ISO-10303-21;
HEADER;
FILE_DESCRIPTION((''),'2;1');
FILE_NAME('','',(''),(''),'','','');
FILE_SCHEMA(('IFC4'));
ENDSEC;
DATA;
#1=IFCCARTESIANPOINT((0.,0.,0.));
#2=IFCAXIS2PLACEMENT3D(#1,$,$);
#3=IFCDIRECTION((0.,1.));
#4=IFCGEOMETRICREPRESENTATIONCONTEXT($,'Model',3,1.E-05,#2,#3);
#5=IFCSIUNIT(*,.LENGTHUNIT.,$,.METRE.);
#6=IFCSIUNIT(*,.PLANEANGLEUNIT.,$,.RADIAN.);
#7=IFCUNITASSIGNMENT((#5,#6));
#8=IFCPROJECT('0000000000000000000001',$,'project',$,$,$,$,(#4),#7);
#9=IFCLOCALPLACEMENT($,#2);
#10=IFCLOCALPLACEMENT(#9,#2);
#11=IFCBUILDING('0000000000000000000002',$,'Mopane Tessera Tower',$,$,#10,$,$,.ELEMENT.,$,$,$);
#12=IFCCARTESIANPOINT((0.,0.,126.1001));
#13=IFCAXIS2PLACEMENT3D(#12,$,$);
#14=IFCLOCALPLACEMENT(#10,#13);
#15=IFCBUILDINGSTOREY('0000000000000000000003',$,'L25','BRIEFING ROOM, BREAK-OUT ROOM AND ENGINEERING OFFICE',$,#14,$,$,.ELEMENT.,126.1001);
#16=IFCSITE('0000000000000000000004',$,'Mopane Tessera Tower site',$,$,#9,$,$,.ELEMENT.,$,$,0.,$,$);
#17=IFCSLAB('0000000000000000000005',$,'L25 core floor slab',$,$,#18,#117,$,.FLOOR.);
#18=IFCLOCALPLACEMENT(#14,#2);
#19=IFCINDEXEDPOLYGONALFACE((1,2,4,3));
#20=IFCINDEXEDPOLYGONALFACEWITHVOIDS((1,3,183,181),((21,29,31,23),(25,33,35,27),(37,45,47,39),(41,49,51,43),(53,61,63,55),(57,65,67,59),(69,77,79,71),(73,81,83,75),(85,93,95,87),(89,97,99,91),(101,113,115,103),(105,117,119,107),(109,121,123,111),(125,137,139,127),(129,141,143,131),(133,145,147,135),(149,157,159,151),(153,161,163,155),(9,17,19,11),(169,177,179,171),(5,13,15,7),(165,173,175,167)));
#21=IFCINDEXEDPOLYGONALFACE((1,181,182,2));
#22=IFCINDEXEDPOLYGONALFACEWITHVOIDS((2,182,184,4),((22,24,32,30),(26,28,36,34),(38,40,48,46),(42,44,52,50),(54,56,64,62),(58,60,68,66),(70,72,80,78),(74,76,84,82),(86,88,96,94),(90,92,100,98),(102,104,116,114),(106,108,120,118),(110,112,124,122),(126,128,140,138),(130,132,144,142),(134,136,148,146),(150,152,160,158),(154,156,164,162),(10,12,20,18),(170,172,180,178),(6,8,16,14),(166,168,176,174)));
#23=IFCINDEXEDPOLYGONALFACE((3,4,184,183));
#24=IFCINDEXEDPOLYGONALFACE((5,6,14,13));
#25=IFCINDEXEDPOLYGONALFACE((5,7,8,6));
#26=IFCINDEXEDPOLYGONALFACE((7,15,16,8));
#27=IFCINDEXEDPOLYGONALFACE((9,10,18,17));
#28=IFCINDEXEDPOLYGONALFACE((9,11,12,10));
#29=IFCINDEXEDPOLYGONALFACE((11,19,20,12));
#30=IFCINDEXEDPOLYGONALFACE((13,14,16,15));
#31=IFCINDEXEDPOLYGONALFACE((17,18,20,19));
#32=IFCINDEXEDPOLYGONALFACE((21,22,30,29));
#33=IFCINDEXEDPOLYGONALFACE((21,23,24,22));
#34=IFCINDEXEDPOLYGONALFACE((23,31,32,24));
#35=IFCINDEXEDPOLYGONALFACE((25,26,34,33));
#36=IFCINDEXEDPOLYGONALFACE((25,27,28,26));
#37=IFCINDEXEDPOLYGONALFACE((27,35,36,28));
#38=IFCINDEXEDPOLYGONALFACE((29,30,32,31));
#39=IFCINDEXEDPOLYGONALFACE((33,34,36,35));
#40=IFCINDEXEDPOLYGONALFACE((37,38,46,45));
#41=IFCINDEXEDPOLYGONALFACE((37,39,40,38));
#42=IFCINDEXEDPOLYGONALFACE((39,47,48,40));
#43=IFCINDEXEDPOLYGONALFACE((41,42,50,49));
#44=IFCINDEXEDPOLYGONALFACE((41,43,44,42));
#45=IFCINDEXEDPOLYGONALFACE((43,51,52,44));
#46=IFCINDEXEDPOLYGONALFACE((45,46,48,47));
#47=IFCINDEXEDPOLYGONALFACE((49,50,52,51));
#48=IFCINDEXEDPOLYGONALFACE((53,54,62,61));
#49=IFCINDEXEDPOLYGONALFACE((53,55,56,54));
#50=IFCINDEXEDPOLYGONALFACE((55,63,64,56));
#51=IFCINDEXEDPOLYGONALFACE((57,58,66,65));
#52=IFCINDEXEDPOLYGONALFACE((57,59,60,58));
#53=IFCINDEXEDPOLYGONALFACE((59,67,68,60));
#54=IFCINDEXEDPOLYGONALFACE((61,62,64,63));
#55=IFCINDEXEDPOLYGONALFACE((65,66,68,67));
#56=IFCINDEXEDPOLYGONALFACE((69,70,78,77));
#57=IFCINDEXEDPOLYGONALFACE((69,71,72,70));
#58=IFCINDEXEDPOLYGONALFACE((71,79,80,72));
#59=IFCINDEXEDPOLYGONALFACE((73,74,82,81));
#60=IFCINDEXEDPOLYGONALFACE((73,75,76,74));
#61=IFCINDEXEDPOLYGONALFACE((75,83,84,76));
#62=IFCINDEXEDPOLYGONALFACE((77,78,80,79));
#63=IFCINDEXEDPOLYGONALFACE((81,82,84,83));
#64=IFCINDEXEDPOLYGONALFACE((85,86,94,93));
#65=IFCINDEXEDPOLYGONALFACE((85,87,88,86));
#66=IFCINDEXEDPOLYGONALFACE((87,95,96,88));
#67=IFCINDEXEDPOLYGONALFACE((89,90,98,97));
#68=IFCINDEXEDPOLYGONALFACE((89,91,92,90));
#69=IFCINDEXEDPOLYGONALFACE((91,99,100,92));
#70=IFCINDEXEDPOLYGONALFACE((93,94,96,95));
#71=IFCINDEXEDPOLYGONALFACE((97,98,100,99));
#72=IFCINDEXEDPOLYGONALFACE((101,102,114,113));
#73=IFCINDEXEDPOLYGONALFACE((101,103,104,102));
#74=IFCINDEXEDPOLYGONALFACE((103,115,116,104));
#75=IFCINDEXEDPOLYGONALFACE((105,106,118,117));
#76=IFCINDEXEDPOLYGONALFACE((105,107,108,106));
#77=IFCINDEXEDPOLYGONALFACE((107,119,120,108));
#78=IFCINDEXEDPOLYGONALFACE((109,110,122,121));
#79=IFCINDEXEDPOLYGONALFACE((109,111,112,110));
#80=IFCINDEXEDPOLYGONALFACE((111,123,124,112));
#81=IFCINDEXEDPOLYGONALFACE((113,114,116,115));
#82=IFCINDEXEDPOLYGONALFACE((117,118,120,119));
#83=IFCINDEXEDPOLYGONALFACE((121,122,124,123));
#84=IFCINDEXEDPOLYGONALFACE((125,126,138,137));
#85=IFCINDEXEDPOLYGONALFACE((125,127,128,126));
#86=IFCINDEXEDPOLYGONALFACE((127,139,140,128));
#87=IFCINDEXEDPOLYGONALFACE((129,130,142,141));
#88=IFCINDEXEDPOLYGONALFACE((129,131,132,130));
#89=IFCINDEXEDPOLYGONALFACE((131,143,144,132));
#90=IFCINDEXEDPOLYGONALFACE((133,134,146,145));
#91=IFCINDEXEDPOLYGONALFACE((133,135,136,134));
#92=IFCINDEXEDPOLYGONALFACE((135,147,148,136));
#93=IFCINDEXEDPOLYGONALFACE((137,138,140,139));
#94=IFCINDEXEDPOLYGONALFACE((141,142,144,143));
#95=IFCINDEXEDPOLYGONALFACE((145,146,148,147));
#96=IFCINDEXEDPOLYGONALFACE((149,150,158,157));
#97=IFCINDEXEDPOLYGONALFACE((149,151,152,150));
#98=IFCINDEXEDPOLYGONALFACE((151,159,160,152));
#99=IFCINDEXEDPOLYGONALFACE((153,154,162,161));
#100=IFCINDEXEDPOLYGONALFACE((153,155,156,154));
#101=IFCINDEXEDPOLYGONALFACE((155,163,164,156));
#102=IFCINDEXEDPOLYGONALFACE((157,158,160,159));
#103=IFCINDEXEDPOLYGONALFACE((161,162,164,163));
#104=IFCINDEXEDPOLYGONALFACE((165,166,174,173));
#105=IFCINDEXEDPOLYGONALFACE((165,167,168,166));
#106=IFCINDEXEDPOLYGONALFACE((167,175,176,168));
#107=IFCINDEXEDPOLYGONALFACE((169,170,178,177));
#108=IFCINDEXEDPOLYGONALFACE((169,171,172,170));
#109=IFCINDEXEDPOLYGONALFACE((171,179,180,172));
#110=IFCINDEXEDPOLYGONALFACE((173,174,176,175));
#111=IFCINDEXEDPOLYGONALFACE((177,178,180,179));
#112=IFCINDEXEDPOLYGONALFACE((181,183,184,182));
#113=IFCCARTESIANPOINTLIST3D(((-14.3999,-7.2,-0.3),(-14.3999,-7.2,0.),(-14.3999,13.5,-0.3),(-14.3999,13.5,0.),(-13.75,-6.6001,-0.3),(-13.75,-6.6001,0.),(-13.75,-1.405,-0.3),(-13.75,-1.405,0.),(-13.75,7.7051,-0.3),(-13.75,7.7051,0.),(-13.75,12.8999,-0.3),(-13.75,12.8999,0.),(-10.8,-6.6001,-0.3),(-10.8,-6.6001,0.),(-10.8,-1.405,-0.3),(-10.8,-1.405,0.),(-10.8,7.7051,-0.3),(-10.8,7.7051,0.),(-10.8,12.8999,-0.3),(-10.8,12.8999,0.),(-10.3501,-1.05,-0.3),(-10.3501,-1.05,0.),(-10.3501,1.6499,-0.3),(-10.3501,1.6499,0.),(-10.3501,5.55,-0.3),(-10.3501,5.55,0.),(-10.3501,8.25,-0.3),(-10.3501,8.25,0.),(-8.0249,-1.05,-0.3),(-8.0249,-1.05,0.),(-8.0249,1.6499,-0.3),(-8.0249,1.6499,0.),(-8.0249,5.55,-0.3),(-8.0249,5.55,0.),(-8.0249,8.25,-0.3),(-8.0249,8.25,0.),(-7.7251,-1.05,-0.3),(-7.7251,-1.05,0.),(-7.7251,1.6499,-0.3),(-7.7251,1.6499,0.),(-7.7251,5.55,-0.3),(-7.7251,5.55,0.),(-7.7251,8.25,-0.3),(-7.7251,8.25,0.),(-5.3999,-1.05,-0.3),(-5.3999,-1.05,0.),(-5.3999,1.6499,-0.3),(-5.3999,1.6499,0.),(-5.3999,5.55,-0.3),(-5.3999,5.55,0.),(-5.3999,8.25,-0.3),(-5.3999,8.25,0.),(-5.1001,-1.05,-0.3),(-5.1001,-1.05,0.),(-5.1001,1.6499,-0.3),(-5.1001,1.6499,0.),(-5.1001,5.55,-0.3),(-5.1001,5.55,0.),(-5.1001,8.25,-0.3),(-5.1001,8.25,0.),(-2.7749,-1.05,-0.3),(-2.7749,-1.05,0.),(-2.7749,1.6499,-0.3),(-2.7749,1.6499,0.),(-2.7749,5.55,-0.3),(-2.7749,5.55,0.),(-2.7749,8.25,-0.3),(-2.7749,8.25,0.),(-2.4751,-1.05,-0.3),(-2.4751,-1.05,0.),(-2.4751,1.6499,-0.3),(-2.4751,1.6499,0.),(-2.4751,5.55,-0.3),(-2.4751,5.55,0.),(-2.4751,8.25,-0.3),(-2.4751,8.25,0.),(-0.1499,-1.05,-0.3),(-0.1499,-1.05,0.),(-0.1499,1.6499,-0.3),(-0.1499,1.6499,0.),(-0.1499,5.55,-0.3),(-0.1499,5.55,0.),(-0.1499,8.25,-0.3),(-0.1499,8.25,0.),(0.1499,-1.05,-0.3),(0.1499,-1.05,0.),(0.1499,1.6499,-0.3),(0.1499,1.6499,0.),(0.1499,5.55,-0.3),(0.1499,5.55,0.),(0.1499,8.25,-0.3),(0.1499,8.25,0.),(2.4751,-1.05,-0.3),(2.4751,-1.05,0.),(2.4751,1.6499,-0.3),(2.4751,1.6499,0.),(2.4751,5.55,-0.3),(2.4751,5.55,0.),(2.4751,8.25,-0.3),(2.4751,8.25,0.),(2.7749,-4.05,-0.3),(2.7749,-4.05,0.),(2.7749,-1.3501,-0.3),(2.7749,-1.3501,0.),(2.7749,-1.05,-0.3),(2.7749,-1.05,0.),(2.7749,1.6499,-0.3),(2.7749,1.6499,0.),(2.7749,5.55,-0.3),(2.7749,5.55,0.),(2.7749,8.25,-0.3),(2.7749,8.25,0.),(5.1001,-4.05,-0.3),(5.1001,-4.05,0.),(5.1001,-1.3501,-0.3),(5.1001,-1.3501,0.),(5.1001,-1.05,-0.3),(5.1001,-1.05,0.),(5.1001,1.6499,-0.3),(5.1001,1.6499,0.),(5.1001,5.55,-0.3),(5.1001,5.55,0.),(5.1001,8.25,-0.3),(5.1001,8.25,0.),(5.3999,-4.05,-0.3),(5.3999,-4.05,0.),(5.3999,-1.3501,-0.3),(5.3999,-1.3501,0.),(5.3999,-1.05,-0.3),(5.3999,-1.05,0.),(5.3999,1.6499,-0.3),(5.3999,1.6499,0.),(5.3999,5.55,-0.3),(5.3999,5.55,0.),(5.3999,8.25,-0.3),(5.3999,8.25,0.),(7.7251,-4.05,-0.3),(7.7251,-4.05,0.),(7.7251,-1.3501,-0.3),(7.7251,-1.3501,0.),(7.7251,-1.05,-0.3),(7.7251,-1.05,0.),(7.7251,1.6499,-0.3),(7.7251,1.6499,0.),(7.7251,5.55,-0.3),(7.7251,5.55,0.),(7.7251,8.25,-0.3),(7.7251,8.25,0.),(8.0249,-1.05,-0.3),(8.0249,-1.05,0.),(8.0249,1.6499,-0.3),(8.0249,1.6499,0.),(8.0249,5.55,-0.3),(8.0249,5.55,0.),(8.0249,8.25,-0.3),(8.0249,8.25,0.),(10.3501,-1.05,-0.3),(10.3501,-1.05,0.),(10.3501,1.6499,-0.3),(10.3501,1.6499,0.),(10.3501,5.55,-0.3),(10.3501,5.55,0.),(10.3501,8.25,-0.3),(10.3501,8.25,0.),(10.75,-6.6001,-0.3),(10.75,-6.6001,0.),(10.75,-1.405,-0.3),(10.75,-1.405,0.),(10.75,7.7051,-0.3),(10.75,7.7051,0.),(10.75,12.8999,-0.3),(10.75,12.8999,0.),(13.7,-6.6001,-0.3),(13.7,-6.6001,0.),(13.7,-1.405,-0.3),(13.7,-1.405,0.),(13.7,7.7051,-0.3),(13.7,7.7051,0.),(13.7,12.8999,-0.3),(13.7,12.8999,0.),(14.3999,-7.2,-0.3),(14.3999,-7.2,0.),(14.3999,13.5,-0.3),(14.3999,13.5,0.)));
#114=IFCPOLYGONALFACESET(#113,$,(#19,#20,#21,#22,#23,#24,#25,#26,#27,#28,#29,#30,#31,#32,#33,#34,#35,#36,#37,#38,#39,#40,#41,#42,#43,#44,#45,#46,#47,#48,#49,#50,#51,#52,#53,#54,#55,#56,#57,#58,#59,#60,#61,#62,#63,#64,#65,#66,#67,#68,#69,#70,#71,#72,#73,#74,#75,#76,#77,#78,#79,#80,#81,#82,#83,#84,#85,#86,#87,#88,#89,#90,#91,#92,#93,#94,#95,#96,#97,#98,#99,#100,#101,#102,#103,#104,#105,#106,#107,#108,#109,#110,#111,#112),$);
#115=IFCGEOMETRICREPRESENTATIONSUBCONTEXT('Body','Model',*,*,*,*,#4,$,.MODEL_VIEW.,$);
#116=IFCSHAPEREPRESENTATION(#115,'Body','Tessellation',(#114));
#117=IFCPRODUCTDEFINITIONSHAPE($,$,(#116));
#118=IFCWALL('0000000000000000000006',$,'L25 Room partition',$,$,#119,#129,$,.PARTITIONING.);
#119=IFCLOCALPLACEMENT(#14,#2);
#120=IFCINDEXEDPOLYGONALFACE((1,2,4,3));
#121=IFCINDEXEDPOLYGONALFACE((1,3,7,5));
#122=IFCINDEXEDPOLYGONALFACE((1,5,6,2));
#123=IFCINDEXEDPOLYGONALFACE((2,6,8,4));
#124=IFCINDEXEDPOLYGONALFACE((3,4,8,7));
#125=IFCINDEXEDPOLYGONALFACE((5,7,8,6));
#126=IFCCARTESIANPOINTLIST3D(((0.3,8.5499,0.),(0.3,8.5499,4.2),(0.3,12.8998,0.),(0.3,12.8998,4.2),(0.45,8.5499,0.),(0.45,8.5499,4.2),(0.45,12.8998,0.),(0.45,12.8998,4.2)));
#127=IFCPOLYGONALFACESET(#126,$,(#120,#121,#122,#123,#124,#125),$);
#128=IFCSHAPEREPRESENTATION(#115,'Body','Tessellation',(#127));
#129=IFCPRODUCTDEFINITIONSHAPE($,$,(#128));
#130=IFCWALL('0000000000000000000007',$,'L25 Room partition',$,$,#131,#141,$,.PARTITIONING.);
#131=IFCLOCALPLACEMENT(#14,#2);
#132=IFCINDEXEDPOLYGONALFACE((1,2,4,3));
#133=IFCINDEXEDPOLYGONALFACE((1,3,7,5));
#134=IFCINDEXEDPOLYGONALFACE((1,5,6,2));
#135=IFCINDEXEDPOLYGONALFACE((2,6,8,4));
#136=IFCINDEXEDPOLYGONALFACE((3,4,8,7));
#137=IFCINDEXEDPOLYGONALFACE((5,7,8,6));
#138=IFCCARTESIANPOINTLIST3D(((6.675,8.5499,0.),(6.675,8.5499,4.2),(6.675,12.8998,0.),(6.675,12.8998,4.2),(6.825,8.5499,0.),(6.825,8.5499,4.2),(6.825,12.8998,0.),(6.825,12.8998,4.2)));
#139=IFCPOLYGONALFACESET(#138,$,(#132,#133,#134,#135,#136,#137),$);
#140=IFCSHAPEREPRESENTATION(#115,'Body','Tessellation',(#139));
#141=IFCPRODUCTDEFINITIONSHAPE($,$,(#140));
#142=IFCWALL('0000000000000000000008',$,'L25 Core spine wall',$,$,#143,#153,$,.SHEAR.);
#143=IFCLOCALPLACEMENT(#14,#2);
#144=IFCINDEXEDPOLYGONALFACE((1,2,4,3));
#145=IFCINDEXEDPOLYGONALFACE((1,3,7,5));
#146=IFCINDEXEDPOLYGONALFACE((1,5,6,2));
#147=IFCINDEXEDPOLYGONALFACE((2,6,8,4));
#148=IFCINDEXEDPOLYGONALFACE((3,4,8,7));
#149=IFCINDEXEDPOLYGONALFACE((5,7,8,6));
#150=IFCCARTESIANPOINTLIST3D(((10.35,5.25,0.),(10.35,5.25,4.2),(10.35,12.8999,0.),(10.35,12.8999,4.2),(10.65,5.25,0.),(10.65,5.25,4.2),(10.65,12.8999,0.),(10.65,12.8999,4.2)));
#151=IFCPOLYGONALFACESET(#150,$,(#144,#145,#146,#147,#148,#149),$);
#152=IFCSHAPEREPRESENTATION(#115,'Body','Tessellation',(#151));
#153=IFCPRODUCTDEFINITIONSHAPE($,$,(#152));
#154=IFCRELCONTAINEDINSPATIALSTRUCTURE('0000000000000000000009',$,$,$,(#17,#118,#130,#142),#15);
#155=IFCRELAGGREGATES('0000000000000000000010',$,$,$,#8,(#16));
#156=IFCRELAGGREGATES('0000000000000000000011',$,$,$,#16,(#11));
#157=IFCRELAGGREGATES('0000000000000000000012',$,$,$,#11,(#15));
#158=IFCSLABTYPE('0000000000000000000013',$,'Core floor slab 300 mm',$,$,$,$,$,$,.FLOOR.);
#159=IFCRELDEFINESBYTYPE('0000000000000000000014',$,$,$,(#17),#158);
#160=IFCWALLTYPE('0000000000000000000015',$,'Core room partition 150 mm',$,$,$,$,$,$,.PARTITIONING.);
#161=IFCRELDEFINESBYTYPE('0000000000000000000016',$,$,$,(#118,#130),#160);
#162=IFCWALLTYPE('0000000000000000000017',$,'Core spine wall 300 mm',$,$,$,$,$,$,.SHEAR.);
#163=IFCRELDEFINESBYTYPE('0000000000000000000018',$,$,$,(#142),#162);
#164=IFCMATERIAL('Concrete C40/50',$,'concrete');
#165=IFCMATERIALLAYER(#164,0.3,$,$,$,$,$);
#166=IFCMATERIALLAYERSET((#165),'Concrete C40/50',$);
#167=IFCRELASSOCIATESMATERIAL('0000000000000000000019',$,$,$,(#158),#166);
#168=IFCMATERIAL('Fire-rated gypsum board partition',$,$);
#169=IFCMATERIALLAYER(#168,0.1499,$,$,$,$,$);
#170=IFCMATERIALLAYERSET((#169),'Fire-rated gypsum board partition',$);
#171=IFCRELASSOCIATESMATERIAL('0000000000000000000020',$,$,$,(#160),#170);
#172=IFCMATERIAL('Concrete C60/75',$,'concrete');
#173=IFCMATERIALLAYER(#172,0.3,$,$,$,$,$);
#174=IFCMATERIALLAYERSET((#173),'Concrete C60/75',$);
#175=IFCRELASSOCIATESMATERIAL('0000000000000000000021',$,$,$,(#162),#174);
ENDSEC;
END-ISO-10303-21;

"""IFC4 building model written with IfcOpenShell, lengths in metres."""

from ifc_helpers import new_model, si_unit, direction, frame, frame_2d, origin, place, context, subcontext, project, spatial, polyline, rectangle, outline, extrude, material, layer, layer_set, type_object, element, save


model = new_model("IFC4")

# Units and contexts
model_context = context("Model", 3, precision=1e-05, world=origin(), true_north=direction((0.0, 1.0)))
body_context = subcontext(model_context, "Body", "Model", "MODEL_VIEW")
ifc_project = project(units=[si_unit("LENGTHUNIT", "METRE"), si_unit("PLANEANGLEUNIT", "RADIAN")], contexts=[model_context])

# Site, building, storey
site_placement = place(None, origin())
site = spatial("IfcSite", under=ifc_project, at=site_placement, Name="Mopane Tessera Tower site", CompositionType="ELEMENT", RefElevation=0.0)
building_placement = place(site_placement, origin())
building = spatial("IfcBuilding", under=site, at=building_placement, Name="Mopane Tessera Tower", CompositionType="ELEMENT")
storey_placement = place(building_placement, frame((0.0, 0.0, 126.1001)))
storey = spatial("IfcBuildingStorey", under=building, at=storey_placement, Name="L25", Description="BRIEFING ROOM, BREAK-OUT ROOM AND ENGINEERING OFFICE", CompositionType="ELEMENT", Elevation=126.1001)

# Slab
ifc_material_1 = material(Name="Concrete C40/50", Category="concrete")
ifc_layer_1 = layer(ifc_material_1, 0.3)
ifc_layer_set_1 = layer_set([ifc_layer_1], Name="Concrete C40/50")
slab_type = type_object("IfcSlabType", Name="Core floor slab 300 mm", PredefinedType="FLOOR", material=ifc_layer_set_1)
slab_placement = place(storey_placement, frame((0.0, 0.0, -0.3)))
element("IfcSlab", 1, at=slab_placement, inside=storey, type_object=slab_type, Name="L25 core floor slab", PredefinedType="FLOOR", context=body_context, shape_type="SweptSolid", body=[
    extrude(outline(polyline([(-14.3999, -7.2), (14.3999, -7.2), (14.3999, 13.5), (-14.3999, 13.5), (-14.3999, -7.2)]), holes=[polyline([(-10.3501, -1.05), (-8.0249, -1.05), (-8.0249, 1.6499), (-10.3501, 1.6499), (-10.3501, -1.05)]), polyline([(-7.7251, -1.05), (-5.3999, -1.05), (-5.3999, 1.6499), (-7.7251, 1.6499), (-7.7251, -1.05)]), polyline([(-5.1001, -1.05), (-2.7749, -1.05), (-2.7749, 1.6499), (-5.1001, 1.6499), (-5.1001, -1.05)]), polyline([(-2.4751, -1.05), (-0.1499, -1.05), (-0.1499, 1.6499), (-2.4751, 1.6499), (-2.4751, -1.05)]), polyline([(0.1499, -1.05), (2.4751, -1.05), (2.4751, 1.6499), (0.1499, 1.6499), (0.1499, -1.05)]), polyline([(2.7749, -1.05), (5.1001, -1.05), (5.1001, 1.6499), (2.7749, 1.6499), (2.7749, -1.05)]), polyline([(5.3999, -1.05), (7.7251, -1.05), (7.7251, 1.6499), (5.3999, 1.6499), (5.3999, -1.05)]), polyline([(8.0249, -1.05), (10.3501, -1.05), (10.3501, 1.6499), (8.0249, 1.6499), (8.0249, -1.05)]), polyline([(-10.3501, 5.55), (-8.0249, 5.55), (-8.0249, 8.25), (-10.3501, 8.25), (-10.3501, 5.55)]), polyline([(-7.7251, 5.55), (-5.3999, 5.55), (-5.3999, 8.25), (-7.7251, 8.25), (-7.7251, 5.55)]), polyline([(-5.1001, 5.55), (-2.7749, 5.55), (-2.7749, 8.25), (-5.1001, 8.25), (-5.1001, 5.55)]), polyline([(-2.4751, 5.55), (-0.1499, 5.55), (-0.1499, 8.25), (-2.4751, 8.25), (-2.4751, 5.55)]), polyline([(0.1499, 5.55), (2.4751, 5.55), (2.4751, 8.25), (0.1499, 8.25), (0.1499, 5.55)]), polyline([(2.7749, 5.55), (5.1001, 5.55), (5.1001, 8.25), (2.7749, 8.25), (2.7749, 5.55)]), polyline([(5.3999, 5.55), (7.7251, 5.55), (7.7251, 8.25), (5.3999, 8.25), (5.3999, 5.55)]), polyline([(8.0249, 5.55), (10.3501, 5.55), (10.3501, 8.25), (8.0249, 8.25), (8.0249, 5.55)]), polyline([(2.7749, -4.05), (5.1001, -4.05), (5.1001, -1.3501), (2.7749, -1.3501), (2.7749, -4.05)]), polyline([(5.3999, -4.05), (7.7251, -4.05), (7.7251, -1.3501), (5.3999, -1.3501), (5.3999, -4.05)]), polyline([(-13.75, -1.405), (-13.75, -6.6001), (-10.8, -6.6001), (-10.8, -1.405), (-13.75, -1.405)]), polyline([(-10.8, 7.7051), (-10.8, 12.8999), (-13.75, 12.8999), (-13.75, 7.7051), (-10.8, 7.7051)]), polyline([(10.75, -1.405), (10.75, -6.6001), (13.7, -6.6001), (13.7, -1.405), (10.75, -1.405)]), polyline([(13.7, 7.7051), (13.7, 12.8999), (10.75, 12.8999), (10.75, 7.7051), (13.7, 7.7051)])]), origin(), (0.0, 0.0, 1.0), 0.3),
])

# Walls
ifc_material_2 = material(Name="Fire-rated gypsum board partition")
ifc_layer_2 = layer(ifc_material_2, 0.1499)
ifc_layer_set_2 = layer_set([ifc_layer_2], Name="Fire-rated gypsum board partition")
wall_type_1 = type_object("IfcWallType", Name="Core room partition 150 mm", PredefinedType="PARTITIONING", material=ifc_layer_set_2)
for number, where, z_axis, x_axis, name in (
    (2, (0.375, 8.55, 0.0), (0.0, 0.0, 1.0), (0.0, 1.0, 0.0), "L25 Room partition"),
    (3, (6.75, 8.55, 0.0), (0.0, 0.0, 1.0), (0.0, 1.0, 0.0), "L25 Room partition"),
):
    element("IfcWall", number, at=place(storey_placement, frame(where, z_axis=z_axis, x_axis=x_axis)), inside=storey, type_object=wall_type_1, Name=name, PredefinedType="PARTITIONING", context=body_context, shape_type="SweptSolid", body=[
        extrude(rectangle(XDim=4.3499, YDim=0.1499, at=frame_2d((2.1748, 0.0))), origin(), (0.0, 0.0, 1.0), 4.2),
    ])
ifc_material_3 = material(Name="Concrete C60/75", Category="concrete")
ifc_layer_3 = layer(ifc_material_3, 0.3)
ifc_layer_set_3 = layer_set([ifc_layer_3], Name="Concrete C60/75")
wall_type_2 = type_object("IfcWallType", Name="Core spine wall 300 mm", PredefinedType="SHEAR", material=ifc_layer_set_3)
wall_1_placement = place(storey_placement, frame((10.5, 5.25, 0.0), z_axis=(0.0, 0.0, 1.0), x_axis=(0.0, 1.0, 0.0)))
element("IfcWall", 4, at=wall_1_placement, inside=storey, type_object=wall_type_2, Name="L25 Core spine wall", PredefinedType="SHEAR", context=body_context, shape_type="SweptSolid", body=[
    extrude(rectangle(XDim=7.6499, YDim=0.3, at=frame_2d((3.825, 0.0))), origin(), (0.0, 0.0, 1.0), 4.2),
])

save(model, "model.ifc")
